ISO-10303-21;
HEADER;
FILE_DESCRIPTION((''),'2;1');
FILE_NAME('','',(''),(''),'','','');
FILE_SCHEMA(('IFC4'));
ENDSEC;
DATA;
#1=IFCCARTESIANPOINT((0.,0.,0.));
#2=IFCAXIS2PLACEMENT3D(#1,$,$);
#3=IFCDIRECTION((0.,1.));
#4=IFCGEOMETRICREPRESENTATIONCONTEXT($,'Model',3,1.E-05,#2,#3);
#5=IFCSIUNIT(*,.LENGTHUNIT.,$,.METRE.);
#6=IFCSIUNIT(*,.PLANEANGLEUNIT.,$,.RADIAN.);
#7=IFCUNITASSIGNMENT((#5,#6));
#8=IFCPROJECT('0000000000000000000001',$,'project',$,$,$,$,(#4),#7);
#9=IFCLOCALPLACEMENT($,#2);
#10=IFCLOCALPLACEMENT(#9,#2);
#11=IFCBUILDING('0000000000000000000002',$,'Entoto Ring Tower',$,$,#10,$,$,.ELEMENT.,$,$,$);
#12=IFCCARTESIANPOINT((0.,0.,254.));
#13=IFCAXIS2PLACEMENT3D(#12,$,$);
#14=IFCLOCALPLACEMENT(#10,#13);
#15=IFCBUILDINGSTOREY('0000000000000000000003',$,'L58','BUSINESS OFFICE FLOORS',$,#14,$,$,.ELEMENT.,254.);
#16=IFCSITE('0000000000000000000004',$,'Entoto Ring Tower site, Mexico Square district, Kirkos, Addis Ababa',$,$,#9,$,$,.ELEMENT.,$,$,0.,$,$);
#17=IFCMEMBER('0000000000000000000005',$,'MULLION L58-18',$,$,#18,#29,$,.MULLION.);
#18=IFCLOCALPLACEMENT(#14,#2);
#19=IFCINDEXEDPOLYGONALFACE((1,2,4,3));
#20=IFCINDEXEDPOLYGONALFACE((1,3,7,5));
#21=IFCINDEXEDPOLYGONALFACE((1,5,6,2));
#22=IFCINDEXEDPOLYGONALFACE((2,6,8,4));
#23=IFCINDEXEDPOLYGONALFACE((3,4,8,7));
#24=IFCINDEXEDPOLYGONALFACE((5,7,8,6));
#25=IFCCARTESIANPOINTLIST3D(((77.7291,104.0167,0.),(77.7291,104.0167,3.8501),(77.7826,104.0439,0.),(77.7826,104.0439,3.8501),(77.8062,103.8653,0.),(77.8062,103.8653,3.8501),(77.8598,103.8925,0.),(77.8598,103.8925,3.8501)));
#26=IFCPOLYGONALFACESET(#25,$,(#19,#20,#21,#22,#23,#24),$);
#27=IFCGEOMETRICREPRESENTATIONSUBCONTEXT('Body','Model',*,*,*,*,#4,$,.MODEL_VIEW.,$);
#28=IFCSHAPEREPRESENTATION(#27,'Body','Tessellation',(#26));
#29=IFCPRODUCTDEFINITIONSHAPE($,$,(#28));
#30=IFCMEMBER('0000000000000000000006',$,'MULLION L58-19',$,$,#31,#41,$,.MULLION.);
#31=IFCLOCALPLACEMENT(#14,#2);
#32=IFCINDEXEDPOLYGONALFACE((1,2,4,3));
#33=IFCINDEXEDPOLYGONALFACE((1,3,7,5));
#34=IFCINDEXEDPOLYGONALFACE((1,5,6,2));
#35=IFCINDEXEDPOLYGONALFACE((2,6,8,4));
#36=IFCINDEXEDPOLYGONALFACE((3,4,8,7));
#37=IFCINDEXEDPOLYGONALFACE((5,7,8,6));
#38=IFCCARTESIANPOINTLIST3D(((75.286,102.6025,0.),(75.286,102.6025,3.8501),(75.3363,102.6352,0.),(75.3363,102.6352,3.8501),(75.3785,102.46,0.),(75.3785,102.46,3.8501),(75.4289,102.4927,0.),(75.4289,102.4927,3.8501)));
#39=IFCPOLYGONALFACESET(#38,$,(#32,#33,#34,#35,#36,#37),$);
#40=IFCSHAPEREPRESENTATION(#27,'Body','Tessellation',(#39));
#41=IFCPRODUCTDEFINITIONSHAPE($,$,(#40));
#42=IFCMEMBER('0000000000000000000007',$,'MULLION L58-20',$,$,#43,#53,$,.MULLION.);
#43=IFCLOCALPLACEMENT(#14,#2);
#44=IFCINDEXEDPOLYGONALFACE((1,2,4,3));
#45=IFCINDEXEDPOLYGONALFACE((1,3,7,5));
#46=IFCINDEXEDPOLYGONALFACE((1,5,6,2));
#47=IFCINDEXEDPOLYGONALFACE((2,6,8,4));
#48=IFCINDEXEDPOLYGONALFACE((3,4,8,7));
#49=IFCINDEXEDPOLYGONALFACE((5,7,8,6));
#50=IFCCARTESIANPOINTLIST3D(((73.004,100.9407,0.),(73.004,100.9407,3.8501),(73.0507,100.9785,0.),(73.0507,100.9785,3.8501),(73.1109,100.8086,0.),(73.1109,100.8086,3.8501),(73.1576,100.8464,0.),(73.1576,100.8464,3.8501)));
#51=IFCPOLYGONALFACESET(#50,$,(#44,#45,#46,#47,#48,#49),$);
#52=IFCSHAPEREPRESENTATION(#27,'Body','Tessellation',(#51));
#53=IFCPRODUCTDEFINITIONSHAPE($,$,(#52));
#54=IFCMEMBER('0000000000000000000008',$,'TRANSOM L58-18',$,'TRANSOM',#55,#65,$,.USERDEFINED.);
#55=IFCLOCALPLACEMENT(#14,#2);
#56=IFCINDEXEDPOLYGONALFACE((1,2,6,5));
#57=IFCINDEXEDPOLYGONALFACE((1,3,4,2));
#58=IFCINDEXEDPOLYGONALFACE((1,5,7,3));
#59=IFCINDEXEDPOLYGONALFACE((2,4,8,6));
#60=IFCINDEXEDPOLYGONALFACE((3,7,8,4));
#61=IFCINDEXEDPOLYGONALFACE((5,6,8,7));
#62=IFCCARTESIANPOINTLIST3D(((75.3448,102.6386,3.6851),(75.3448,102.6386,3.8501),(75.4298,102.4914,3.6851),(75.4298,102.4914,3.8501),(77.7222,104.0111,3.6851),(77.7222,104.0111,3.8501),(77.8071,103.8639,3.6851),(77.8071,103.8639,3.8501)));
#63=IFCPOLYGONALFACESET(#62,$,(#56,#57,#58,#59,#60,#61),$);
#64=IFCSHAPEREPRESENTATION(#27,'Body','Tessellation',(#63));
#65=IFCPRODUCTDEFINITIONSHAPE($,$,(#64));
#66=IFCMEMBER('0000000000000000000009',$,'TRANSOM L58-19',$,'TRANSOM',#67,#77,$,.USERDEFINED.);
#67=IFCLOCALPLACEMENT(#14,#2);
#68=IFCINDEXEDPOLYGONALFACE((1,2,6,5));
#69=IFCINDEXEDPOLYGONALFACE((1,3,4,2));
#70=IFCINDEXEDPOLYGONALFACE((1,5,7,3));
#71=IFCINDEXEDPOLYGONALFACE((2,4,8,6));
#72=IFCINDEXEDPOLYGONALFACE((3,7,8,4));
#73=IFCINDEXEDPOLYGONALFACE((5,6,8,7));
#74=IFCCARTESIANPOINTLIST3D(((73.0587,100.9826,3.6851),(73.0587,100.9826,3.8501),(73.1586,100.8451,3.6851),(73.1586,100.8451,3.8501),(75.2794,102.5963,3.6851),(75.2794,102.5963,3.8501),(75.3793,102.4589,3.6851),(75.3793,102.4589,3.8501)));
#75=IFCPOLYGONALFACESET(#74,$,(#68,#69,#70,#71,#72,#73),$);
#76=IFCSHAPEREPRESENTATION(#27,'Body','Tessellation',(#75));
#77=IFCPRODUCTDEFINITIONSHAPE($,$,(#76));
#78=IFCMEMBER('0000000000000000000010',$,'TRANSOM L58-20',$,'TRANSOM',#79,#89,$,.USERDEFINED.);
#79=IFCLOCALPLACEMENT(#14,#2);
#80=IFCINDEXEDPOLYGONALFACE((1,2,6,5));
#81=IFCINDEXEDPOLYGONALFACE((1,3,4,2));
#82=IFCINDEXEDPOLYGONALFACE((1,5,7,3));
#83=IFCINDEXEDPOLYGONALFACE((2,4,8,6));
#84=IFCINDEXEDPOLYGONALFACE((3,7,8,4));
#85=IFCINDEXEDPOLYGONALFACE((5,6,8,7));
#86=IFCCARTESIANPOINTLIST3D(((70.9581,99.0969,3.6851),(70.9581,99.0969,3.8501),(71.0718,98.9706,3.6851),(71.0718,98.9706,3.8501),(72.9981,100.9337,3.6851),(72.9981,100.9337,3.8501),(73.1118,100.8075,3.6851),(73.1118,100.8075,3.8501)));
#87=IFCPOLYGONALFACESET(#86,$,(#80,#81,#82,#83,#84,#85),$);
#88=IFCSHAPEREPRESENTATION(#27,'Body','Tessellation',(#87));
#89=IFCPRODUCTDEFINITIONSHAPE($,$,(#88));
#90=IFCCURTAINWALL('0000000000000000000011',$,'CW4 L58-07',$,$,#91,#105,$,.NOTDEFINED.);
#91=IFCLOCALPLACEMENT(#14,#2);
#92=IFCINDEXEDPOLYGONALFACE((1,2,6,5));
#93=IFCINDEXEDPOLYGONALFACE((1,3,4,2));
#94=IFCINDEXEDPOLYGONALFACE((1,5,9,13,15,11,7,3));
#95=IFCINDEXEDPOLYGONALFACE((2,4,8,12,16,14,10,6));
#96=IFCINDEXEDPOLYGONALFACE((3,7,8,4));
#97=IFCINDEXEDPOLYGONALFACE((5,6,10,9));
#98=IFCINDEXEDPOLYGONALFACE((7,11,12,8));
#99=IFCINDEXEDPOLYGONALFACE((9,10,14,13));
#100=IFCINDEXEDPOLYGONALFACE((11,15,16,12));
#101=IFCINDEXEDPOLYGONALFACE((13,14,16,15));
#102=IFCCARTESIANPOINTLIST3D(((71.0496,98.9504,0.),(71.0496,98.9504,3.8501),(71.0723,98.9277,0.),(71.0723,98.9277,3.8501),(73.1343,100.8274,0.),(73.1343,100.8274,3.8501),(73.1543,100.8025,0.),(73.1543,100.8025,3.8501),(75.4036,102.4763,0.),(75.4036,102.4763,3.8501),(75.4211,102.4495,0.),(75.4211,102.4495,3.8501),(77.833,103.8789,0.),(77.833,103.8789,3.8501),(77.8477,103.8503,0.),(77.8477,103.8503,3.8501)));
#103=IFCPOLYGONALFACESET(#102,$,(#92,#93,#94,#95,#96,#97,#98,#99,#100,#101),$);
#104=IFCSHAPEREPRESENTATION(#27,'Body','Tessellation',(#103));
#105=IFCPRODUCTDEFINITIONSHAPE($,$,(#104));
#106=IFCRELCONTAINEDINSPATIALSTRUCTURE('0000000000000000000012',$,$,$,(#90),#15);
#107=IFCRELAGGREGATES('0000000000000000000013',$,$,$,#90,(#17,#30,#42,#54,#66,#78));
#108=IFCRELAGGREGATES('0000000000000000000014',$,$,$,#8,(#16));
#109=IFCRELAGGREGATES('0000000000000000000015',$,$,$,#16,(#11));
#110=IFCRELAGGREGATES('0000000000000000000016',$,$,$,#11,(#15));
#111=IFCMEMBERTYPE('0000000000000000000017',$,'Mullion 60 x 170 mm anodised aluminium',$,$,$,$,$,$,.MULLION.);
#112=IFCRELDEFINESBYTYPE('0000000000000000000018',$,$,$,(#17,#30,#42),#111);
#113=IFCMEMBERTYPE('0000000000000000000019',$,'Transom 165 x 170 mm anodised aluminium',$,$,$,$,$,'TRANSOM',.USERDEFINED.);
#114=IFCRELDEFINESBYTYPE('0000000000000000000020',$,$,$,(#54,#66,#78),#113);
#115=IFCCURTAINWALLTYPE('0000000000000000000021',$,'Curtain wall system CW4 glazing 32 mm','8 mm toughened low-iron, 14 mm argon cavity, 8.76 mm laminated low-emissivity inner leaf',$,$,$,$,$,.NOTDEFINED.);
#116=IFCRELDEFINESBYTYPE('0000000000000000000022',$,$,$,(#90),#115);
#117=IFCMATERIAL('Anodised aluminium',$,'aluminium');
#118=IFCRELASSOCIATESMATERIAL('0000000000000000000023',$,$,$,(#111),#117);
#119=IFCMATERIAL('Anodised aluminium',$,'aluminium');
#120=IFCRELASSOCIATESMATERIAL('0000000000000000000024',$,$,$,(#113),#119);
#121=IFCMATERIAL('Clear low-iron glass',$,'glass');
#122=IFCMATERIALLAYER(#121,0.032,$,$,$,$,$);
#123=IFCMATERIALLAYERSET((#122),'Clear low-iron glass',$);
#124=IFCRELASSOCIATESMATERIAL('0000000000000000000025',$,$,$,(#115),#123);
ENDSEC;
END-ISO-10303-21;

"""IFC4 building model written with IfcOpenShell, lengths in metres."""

from ifc_helpers import new_model, si_unit, direction, frame, origin, origin_2d, place, context, subcontext, project, spatial, polyline, rectangle, outline, extrude, material, layer, layer_set, material_profile, profile_set, type_object, element, aggregate, save


model = new_model("IFC4")

# Units and contexts
model_context = context("Model", 3, precision=1e-05, world=origin(), true_north=direction((0.0, 1.0)))
body_context = subcontext(model_context, "Body", "Model", "MODEL_VIEW")
ifc_project = project(units=[si_unit("LENGTHUNIT", "METRE"), si_unit("PLANEANGLEUNIT", "RADIAN")], contexts=[model_context])

# Members
ifc_material_1 = material(Name="Anodised aluminium", Category="aluminium")
ifc_material_profile_1 = material_profile(ifc_material_1, rectangle(XDim=0.0601, YDim=0.1699, at=origin_2d()), Name="Mullion 60 x 170 mm anodised aluminium")
ifc_profile_set_1 = profile_set([ifc_material_profile_1], Name="Anodised aluminium")
member_type_1 = type_object("IfcMemberType", Name="Mullion 60 x 170 mm anodised aluminium", PredefinedType="MULLION", material=ifc_profile_set_1)
site_placement = place(None, origin())
building_placement = place(site_placement, origin())
storey_placement = place(building_placement, frame((0.0, 0.0, 254.0)))
member_1_placement = place(storey_placement, frame((77.7944, 103.9546, 0.0), z_axis=(0.0, 0.0, 1.0), x_axis=(-0.891007, -0.45399, 0.0)))
member_1 = element("IfcMember", 1, at=member_1_placement, type_object=member_type_1, Name="MULLION L58-18", PredefinedType="MULLION", context=body_context, shape_type="SweptSolid", body=[
    extrude(rectangle(XDim=0.0601, YDim=0.1699, at=origin_2d()), origin(), (0.0, 0.0, 1.0), 3.8501),
])
member_2_placement = place(storey_placement, frame((75.3574, 102.5476, 0.0), z_axis=(0.0, 0.0, 1.0), x_axis=(-0.838671, -0.544639, 0.0)))
member_2 = element("IfcMember", 2, at=member_2_placement, type_object=member_type_1, Name="MULLION L58-19", PredefinedType="MULLION", context=body_context, shape_type="SweptSolid", body=[
    extrude(rectangle(XDim=0.0601, YDim=0.1699, at=origin_2d()), origin(), (0.0, 0.0, 1.0), 3.8501),
])
member_3_placement = place(storey_placement, frame((73.0808, 100.8936, 0.0), z_axis=(0.0, 0.0, 1.0), x_axis=(-0.777146, -0.62932, 0.0)))
member_3 = element("IfcMember", 3, at=member_3_placement, type_object=member_type_1, Name="MULLION L58-20", PredefinedType="MULLION", context=body_context, shape_type="SweptSolid", body=[
    extrude(rectangle(XDim=0.0601, YDim=0.1699, at=origin_2d()), origin(), (0.0, 0.0, 1.0), 3.8501),
])
ifc_material_2 = material(Name="Anodised aluminium", Category="aluminium")
ifc_material_profile_2 = material_profile(ifc_material_2, rectangle(XDim=0.1699, YDim=0.165, at=origin_2d()), Name="Transom 165 x 170 mm anodised aluminium")
ifc_profile_set_2 = profile_set([ifc_material_profile_2], Name="Anodised aluminium")
member_type_2 = type_object("IfcMemberType", Name="Transom 165 x 170 mm anodised aluminium", ElementType="TRANSOM", PredefinedType="USERDEFINED", material=ifc_profile_set_2)
member_4_placement = place(storey_placement, frame((77.7646, 103.9375, 3.7676), z_axis=(-0.866035, -0.499984, 0.0), x_axis=(0.499984, -0.866035, 0.0)))
member_4 = element("IfcMember", 4, at=member_4_placement, type_object=member_type_2, Name="TRANSOM L58-18", ObjectType="TRANSOM", PredefinedType="USERDEFINED", context=body_context, shape_type="SweptSolid", body=[
    extrude(rectangle(XDim=0.1699, YDim=0.165, at=origin_2d()), origin(), (0.0, 0.0, 1.0), 2.7451),
])
member_5_placement = place(storey_placement, frame((75.3293, 102.5276, 3.7676), z_axis=(-0.808959, -0.587865, 0.0), x_axis=(0.587865, -0.808959, 0.0)))
member_5 = element("IfcMember", 5, at=member_5_placement, type_object=member_type_2, Name="TRANSOM L58-19", ObjectType="TRANSOM", PredefinedType="USERDEFINED", context=body_context, shape_type="SweptSolid", body=[
    extrude(rectangle(XDim=0.1699, YDim=0.165, at=origin_2d()), origin(), (0.0, 0.0, 1.0), 2.7451),
])
member_6_placement = place(storey_placement, frame((73.0549, 100.8706, 3.7676), z_axis=(-0.743135, -0.669142, 0.0), x_axis=(0.669142, -0.743135, 0.0)))
member_6 = element("IfcMember", 6, at=member_6_placement, type_object=member_type_2, Name="TRANSOM L58-20", ObjectType="TRANSOM", PredefinedType="USERDEFINED", context=body_context, shape_type="SweptSolid", body=[
    extrude(rectangle(XDim=0.1699, YDim=0.165, at=origin_2d()), origin(), (0.0, 0.0, 1.0), 2.7451),
])

# Site, building, storey
site = spatial("IfcSite", under=ifc_project, at=site_placement, Name="Entoto Ring Tower site, Mexico Square district, Kirkos, Addis Ababa", CompositionType="ELEMENT", RefElevation=0.0)
building = spatial("IfcBuilding", under=site, at=building_placement, Name="Entoto Ring Tower", CompositionType="ELEMENT")
storey = spatial("IfcBuildingStorey", under=building, at=storey_placement, Name="L58", Description="BUSINESS OFFICE FLOORS", CompositionType="ELEMENT", Elevation=254.0)

# Curtain wall
ifc_material_3 = material(Name="Clear low-iron glass", Category="glass")
ifc_layer = layer(ifc_material_3, 0.032)
ifc_layer_set = layer_set([ifc_layer], Name="Clear low-iron glass")
curtain_wall_type = type_object("IfcCurtainWallType", Name="Curtain wall system CW4 glazing 32 mm", Description="8 mm toughened low-iron, 14 mm argon cavity, 8.76 mm laminated low-emissivity inner leaf", PredefinedType="NOTDEFINED", material=ifc_layer_set)
curtain_wall_1_placement = place(storey_placement, origin())
curtain_wall_1 = element("IfcCurtainWall", 7, at=curtain_wall_1_placement, inside=storey, type_object=curtain_wall_type, Name="CW4 L58-07", PredefinedType="NOTDEFINED", context=body_context, shape_type="SweptSolid", body=[
    extrude(outline(polyline([(77.833, 103.8789), (75.4036, 102.4763), (73.1343, 100.8274), (71.0496, 98.9504), (71.0723, 98.9277), (73.1543, 100.8025), (75.4211, 102.4495), (77.8477, 103.8503), (77.833, 103.8789)])), origin(), (0.0, 0.0, 1.0), 3.8501),
])
aggregate(curtain_wall_1, [member_1, member_2, member_3, member_4, member_5, member_6])

save(model, "model.ifc")
